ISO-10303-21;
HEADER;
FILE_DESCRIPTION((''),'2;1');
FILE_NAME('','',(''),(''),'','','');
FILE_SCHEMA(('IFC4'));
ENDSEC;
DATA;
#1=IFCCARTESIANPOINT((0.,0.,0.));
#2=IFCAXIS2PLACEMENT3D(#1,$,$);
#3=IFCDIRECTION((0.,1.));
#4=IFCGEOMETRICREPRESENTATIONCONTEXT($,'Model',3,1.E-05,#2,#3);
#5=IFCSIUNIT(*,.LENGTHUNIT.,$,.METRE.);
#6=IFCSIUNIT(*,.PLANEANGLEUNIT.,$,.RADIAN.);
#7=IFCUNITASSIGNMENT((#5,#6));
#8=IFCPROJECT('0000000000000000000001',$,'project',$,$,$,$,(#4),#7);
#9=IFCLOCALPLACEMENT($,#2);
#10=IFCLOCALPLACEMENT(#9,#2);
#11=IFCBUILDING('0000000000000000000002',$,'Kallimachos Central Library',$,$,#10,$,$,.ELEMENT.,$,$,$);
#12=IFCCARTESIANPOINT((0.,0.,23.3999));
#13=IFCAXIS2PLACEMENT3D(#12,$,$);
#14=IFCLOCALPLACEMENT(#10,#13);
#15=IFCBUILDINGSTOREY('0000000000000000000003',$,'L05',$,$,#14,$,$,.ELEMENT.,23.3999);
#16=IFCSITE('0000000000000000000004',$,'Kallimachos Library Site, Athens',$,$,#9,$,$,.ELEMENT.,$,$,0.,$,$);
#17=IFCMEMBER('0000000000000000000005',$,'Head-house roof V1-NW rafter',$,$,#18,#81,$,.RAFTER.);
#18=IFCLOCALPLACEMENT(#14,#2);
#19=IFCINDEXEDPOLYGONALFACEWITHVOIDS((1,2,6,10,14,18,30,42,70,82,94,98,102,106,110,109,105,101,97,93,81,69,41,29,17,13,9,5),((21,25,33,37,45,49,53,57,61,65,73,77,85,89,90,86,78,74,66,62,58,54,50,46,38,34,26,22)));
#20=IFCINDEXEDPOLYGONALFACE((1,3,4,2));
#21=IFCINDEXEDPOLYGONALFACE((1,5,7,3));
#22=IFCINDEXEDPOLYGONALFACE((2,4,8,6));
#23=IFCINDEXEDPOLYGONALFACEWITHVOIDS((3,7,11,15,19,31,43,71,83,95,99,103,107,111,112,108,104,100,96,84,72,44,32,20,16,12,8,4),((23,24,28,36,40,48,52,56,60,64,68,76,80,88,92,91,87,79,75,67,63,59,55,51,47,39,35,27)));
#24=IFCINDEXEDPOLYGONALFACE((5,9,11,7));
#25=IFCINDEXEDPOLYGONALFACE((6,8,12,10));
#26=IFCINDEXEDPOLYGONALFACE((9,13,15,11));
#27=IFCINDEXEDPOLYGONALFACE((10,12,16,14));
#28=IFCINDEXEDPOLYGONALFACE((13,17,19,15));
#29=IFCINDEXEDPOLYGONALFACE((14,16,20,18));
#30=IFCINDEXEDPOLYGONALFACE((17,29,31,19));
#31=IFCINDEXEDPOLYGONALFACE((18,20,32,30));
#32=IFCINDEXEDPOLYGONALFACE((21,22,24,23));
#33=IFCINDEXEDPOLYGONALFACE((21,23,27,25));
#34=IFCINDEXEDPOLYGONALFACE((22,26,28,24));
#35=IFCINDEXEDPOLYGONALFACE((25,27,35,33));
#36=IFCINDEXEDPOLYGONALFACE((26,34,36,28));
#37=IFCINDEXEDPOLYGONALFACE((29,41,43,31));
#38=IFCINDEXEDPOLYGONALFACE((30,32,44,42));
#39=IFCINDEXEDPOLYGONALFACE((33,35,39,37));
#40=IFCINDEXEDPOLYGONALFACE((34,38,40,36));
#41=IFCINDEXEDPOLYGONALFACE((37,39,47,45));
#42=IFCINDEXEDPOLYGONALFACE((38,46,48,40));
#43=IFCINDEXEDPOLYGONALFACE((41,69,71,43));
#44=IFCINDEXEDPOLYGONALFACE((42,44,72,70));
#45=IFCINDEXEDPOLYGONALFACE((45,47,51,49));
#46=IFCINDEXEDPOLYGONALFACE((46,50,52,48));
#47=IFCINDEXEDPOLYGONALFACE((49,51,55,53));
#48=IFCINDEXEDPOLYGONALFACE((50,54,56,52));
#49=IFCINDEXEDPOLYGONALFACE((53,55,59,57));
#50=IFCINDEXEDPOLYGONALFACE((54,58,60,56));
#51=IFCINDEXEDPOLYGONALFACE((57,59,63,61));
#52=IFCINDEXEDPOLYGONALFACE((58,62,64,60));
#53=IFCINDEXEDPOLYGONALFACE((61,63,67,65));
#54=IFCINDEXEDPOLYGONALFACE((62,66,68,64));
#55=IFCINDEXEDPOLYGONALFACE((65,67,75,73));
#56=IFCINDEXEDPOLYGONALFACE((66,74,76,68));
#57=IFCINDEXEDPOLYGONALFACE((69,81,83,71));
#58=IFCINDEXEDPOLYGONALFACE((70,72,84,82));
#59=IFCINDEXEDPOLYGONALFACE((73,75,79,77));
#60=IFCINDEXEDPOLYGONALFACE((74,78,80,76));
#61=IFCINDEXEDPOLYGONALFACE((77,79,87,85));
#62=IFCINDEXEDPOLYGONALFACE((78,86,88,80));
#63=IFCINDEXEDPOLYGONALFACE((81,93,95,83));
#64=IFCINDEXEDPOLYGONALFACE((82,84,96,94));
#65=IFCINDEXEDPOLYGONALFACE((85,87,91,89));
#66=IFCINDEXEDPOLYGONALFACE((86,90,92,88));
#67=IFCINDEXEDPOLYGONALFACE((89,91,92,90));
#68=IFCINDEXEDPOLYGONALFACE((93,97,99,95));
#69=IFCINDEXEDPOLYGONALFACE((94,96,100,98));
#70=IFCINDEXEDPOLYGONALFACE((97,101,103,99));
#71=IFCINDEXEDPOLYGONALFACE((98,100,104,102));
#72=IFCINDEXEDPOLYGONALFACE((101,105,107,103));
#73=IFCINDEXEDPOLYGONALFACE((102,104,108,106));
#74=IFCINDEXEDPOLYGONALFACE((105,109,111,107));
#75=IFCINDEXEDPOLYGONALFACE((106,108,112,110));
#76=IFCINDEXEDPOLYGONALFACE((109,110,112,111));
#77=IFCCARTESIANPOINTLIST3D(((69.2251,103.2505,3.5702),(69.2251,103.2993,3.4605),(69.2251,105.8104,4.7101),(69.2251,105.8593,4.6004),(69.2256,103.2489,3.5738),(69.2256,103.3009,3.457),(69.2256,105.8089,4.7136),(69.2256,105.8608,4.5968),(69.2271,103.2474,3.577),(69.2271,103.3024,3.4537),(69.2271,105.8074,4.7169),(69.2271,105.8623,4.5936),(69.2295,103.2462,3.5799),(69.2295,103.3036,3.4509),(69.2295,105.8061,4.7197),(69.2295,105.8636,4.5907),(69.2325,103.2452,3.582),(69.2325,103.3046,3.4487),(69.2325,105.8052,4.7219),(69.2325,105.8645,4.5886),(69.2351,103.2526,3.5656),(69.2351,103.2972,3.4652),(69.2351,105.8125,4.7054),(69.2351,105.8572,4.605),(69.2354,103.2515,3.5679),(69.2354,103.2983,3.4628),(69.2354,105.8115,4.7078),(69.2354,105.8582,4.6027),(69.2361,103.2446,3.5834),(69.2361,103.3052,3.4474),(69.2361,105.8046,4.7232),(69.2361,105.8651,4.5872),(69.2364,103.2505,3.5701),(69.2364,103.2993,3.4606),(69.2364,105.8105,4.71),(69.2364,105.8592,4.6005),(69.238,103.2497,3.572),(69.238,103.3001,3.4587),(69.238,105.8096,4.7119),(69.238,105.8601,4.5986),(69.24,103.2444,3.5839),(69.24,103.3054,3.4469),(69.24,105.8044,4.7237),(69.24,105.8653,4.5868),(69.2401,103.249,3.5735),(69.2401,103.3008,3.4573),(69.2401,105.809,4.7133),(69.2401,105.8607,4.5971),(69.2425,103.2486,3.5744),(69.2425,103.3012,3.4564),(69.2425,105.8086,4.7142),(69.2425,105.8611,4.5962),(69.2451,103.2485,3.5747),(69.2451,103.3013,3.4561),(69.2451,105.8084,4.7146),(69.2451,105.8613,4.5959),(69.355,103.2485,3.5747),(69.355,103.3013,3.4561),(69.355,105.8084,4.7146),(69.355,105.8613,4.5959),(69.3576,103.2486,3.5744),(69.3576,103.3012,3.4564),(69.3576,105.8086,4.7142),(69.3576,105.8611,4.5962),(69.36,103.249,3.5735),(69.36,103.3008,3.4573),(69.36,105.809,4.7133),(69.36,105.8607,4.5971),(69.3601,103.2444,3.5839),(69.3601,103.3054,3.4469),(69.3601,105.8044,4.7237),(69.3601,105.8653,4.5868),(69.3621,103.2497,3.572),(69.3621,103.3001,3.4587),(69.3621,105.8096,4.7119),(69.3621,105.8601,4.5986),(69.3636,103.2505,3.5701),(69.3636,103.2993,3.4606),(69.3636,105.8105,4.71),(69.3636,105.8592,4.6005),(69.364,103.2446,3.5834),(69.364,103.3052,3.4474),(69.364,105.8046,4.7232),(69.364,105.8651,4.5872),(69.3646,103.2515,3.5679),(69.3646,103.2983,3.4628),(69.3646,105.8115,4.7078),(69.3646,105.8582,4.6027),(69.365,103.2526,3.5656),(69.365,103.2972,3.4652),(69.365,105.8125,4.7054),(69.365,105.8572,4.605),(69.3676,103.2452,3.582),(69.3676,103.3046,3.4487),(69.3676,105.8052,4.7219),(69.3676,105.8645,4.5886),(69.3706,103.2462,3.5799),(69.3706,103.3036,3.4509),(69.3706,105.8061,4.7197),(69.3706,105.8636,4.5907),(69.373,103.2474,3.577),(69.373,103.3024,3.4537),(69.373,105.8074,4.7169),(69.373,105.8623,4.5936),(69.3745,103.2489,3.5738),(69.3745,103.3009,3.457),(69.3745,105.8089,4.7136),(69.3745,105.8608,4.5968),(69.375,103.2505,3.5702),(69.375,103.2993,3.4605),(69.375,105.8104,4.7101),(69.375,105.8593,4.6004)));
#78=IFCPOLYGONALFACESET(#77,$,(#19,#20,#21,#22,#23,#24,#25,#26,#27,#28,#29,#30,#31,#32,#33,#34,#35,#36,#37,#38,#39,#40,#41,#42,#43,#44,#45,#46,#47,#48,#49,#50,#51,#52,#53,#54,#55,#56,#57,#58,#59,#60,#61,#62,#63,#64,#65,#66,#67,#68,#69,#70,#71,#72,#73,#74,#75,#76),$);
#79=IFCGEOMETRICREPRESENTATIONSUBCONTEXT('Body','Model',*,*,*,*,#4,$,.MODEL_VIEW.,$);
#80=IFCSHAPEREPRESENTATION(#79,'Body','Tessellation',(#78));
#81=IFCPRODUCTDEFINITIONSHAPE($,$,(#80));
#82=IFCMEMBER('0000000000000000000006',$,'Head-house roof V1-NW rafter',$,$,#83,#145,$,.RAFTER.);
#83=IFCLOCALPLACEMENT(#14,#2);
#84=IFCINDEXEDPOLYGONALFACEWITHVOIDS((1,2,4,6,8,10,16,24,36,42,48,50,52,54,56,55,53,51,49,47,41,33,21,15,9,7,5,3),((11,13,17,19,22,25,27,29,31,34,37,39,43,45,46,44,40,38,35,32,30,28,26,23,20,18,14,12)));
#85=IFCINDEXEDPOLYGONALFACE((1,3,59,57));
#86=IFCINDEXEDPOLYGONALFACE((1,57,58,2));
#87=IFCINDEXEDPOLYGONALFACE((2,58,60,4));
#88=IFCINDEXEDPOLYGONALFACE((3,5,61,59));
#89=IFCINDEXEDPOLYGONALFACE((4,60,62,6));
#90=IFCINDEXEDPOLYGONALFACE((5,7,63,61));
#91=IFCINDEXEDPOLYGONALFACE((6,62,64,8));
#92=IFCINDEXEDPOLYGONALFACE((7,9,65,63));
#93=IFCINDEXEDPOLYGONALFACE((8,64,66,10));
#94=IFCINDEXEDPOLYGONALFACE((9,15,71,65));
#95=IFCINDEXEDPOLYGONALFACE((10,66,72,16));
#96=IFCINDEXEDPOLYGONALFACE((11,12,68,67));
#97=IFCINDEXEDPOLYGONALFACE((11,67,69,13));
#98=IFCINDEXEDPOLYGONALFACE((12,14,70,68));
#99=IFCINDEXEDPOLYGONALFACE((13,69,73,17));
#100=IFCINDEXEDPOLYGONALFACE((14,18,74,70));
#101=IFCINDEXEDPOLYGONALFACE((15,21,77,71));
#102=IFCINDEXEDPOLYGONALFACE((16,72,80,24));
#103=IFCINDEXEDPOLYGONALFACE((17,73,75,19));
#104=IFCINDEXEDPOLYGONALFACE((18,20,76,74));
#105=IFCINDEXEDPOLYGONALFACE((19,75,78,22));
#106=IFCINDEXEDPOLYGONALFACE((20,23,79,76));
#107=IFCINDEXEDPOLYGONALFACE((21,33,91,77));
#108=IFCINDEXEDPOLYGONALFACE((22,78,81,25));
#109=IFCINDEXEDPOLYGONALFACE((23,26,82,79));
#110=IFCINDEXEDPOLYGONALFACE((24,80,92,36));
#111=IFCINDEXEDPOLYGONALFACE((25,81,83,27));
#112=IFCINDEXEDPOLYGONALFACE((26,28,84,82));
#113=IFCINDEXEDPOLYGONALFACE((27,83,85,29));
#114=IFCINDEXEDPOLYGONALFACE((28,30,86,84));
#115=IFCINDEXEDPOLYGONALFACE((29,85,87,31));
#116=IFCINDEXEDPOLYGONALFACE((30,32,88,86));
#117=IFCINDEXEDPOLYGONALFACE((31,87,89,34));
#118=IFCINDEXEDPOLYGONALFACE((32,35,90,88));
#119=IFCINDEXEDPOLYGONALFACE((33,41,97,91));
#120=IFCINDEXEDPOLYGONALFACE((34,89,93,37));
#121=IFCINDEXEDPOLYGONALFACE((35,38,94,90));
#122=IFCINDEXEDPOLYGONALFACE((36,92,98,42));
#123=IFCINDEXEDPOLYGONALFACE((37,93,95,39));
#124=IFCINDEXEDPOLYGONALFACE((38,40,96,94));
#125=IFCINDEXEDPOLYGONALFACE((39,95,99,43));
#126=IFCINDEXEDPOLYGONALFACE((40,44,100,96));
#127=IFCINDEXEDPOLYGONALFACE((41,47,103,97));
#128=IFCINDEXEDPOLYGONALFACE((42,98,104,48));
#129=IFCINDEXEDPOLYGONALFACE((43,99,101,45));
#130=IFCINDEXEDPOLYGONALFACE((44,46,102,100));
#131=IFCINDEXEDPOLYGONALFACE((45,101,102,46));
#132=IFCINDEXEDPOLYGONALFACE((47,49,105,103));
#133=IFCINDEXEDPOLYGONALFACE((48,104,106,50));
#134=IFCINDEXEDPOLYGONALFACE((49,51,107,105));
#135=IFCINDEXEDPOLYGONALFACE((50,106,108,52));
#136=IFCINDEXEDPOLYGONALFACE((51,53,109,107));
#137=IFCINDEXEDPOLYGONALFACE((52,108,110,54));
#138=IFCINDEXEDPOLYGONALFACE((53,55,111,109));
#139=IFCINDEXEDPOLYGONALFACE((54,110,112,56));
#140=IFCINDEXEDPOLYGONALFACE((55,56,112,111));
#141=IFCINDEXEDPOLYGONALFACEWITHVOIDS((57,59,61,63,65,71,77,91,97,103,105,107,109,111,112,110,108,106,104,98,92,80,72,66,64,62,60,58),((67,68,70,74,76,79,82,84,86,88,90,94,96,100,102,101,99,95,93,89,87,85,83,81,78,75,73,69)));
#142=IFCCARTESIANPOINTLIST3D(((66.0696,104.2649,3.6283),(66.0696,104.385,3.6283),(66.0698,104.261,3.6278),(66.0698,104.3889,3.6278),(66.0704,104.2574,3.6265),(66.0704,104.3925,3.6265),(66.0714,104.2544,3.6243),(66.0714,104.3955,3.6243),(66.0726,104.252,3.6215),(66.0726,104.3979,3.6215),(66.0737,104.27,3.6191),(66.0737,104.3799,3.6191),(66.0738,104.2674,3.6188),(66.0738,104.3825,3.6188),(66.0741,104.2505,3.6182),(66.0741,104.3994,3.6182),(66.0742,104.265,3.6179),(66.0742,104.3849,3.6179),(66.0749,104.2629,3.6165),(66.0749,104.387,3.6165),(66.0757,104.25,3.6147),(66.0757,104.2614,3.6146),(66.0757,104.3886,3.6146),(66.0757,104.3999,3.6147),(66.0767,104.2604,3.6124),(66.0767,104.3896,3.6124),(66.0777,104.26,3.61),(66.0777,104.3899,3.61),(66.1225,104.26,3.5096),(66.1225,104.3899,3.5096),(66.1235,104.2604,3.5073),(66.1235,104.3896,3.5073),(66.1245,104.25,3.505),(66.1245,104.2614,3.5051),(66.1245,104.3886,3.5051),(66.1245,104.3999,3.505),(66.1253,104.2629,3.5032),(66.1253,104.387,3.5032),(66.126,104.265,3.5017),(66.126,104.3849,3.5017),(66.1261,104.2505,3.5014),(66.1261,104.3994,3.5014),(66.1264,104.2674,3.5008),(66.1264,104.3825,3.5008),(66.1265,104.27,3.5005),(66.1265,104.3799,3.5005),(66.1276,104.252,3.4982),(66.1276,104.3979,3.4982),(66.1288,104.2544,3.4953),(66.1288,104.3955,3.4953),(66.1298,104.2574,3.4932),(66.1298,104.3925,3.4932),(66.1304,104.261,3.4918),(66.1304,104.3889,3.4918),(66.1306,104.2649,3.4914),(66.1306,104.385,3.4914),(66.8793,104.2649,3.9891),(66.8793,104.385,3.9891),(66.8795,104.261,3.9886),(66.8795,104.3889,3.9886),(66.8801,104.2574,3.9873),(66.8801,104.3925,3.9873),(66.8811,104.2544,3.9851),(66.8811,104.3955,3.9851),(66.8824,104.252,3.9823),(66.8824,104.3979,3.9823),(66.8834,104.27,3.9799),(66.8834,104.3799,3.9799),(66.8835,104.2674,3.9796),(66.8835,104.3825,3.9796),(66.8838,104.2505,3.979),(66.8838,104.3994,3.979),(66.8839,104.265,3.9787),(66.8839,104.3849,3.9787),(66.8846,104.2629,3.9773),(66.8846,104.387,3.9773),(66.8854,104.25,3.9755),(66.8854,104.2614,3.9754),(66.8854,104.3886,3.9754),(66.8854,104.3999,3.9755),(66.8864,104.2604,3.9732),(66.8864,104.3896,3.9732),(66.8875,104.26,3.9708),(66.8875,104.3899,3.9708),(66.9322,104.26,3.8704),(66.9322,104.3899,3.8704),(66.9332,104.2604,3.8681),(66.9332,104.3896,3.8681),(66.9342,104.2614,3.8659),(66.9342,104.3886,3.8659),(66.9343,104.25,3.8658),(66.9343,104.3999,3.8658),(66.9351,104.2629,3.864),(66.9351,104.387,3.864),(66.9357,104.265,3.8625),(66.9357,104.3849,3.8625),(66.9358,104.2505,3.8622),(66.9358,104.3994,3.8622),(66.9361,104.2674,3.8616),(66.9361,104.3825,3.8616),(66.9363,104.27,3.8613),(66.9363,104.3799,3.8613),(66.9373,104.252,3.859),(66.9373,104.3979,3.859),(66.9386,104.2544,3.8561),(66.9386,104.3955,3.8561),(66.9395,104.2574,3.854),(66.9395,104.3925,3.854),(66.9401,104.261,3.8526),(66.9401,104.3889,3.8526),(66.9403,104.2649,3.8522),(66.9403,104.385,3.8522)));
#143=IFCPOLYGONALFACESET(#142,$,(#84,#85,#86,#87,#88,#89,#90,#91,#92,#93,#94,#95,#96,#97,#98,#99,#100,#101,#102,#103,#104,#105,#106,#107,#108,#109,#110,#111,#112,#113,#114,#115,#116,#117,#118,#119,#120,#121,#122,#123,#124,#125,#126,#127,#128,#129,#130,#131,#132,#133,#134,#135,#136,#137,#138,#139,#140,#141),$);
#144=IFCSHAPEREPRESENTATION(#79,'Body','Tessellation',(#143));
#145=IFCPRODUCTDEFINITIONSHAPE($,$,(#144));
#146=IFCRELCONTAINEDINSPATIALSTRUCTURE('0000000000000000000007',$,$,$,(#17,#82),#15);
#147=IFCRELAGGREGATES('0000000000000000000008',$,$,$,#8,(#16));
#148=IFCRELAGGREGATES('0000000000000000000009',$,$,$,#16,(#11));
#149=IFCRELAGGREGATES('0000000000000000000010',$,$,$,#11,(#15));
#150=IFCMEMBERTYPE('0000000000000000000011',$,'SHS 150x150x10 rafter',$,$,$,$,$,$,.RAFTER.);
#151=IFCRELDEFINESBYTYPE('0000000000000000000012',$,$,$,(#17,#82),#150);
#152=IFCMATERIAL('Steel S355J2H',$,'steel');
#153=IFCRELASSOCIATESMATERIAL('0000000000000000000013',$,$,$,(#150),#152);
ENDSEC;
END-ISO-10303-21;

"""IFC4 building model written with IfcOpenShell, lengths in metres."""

from ifc_helpers import new_model, si_unit, direction, frame, origin, origin_2d, place, context, subcontext, project, spatial, hollow_rectangle, extrude, material, material_profile, profile_set, type_object, element, save


model = new_model("IFC4")

# Units and contexts
model_context = context("Model", 3, precision=1e-05, world=origin(), true_north=direction((0.0, 1.0)))
body_context = subcontext(model_context, "Body", "Model", "MODEL_VIEW")
ifc_project = project(units=[si_unit("LENGTHUNIT", "METRE"), si_unit("PLANEANGLEUNIT", "RADIAN")], contexts=[model_context])

# Site, building, storey
site_placement = place(None, origin())
site = spatial("IfcSite", under=ifc_project, at=site_placement, Name="Kallimachos Library Site, Athens", CompositionType="ELEMENT", RefElevation=0.0)
building_placement = place(site_placement, origin())
building = spatial("IfcBuilding", under=site, at=building_placement, Name="Kallimachos Central Library", CompositionType="ELEMENT")
storey_placement = place(building_placement, frame((0.0, 0.0, 23.3999)))
storey = spatial("IfcBuildingStorey", under=building, at=storey_placement, Name="L05", CompositionType="ELEMENT", Elevation=23.3999)

# Members
ifc_material_1 = material(Name="Steel S355J2H", Category="steel")
ifc_material_profile_1 = material_profile(ifc_material_1, hollow_rectangle(XDim=0.1499, YDim=0.1499, WallThickness=0.01, InnerFilletRadius=0.01, OuterFilletRadius=0.0149, at=origin_2d()), Name="SHS 150x150x10")
ifc_profile_set_1 = profile_set([ifc_material_profile_1], Name="Steel S355J2H")
member_type_1 = type_object("IfcMemberType", Name="SHS 150x150x10 rafter", PredefinedType="RAFTER", material=ifc_profile_set_1)
member_1_placement = place(storey_placement, frame((69.3, 103.2749, 3.5154), z_axis=(0.0, 0.913535, 0.406761), x_axis=(-1.0, 0.0, 0.0)))
element("IfcMember", 1, at=member_1_placement, inside=storey, type_object=member_type_1, Name="Head-house roof V1-NW rafter", PredefinedType="RAFTER", context=body_context, shape_type="SweptSolid", body=[
    extrude(hollow_rectangle(XDim=0.1499, YDim=0.1499, WallThickness=0.01, InnerFilletRadius=0.01, OuterFilletRadius=0.0149, at=origin_2d()), origin(), (0.0, 0.0, 1.0), 2.8022),
])
for number, where, z_axis, x_axis, name in (
    (2, (66.1001, 104.325, 3.5598), (0.913425, 0.0, 0.407007), (0.0, 1.0, 0.0), "Head-house roof V1-NW rafter"),
):
    element("IfcMember", number, at=place(storey_placement, frame(where, z_axis=z_axis, x_axis=x_axis)), inside=storey, type_object=member_type_1, Name=name, PredefinedType="RAFTER", context=body_context, shape_type="SweptSolid", body=[
        extrude(hollow_rectangle(XDim=0.1499, YDim=0.1499, WallThickness=0.01, InnerFilletRadius=0.01, OuterFilletRadius=0.0149, at=origin_2d()), origin(), (0.0, 0.0, 1.0), 0.8865),
    ])

save(model, "model.ifc")
